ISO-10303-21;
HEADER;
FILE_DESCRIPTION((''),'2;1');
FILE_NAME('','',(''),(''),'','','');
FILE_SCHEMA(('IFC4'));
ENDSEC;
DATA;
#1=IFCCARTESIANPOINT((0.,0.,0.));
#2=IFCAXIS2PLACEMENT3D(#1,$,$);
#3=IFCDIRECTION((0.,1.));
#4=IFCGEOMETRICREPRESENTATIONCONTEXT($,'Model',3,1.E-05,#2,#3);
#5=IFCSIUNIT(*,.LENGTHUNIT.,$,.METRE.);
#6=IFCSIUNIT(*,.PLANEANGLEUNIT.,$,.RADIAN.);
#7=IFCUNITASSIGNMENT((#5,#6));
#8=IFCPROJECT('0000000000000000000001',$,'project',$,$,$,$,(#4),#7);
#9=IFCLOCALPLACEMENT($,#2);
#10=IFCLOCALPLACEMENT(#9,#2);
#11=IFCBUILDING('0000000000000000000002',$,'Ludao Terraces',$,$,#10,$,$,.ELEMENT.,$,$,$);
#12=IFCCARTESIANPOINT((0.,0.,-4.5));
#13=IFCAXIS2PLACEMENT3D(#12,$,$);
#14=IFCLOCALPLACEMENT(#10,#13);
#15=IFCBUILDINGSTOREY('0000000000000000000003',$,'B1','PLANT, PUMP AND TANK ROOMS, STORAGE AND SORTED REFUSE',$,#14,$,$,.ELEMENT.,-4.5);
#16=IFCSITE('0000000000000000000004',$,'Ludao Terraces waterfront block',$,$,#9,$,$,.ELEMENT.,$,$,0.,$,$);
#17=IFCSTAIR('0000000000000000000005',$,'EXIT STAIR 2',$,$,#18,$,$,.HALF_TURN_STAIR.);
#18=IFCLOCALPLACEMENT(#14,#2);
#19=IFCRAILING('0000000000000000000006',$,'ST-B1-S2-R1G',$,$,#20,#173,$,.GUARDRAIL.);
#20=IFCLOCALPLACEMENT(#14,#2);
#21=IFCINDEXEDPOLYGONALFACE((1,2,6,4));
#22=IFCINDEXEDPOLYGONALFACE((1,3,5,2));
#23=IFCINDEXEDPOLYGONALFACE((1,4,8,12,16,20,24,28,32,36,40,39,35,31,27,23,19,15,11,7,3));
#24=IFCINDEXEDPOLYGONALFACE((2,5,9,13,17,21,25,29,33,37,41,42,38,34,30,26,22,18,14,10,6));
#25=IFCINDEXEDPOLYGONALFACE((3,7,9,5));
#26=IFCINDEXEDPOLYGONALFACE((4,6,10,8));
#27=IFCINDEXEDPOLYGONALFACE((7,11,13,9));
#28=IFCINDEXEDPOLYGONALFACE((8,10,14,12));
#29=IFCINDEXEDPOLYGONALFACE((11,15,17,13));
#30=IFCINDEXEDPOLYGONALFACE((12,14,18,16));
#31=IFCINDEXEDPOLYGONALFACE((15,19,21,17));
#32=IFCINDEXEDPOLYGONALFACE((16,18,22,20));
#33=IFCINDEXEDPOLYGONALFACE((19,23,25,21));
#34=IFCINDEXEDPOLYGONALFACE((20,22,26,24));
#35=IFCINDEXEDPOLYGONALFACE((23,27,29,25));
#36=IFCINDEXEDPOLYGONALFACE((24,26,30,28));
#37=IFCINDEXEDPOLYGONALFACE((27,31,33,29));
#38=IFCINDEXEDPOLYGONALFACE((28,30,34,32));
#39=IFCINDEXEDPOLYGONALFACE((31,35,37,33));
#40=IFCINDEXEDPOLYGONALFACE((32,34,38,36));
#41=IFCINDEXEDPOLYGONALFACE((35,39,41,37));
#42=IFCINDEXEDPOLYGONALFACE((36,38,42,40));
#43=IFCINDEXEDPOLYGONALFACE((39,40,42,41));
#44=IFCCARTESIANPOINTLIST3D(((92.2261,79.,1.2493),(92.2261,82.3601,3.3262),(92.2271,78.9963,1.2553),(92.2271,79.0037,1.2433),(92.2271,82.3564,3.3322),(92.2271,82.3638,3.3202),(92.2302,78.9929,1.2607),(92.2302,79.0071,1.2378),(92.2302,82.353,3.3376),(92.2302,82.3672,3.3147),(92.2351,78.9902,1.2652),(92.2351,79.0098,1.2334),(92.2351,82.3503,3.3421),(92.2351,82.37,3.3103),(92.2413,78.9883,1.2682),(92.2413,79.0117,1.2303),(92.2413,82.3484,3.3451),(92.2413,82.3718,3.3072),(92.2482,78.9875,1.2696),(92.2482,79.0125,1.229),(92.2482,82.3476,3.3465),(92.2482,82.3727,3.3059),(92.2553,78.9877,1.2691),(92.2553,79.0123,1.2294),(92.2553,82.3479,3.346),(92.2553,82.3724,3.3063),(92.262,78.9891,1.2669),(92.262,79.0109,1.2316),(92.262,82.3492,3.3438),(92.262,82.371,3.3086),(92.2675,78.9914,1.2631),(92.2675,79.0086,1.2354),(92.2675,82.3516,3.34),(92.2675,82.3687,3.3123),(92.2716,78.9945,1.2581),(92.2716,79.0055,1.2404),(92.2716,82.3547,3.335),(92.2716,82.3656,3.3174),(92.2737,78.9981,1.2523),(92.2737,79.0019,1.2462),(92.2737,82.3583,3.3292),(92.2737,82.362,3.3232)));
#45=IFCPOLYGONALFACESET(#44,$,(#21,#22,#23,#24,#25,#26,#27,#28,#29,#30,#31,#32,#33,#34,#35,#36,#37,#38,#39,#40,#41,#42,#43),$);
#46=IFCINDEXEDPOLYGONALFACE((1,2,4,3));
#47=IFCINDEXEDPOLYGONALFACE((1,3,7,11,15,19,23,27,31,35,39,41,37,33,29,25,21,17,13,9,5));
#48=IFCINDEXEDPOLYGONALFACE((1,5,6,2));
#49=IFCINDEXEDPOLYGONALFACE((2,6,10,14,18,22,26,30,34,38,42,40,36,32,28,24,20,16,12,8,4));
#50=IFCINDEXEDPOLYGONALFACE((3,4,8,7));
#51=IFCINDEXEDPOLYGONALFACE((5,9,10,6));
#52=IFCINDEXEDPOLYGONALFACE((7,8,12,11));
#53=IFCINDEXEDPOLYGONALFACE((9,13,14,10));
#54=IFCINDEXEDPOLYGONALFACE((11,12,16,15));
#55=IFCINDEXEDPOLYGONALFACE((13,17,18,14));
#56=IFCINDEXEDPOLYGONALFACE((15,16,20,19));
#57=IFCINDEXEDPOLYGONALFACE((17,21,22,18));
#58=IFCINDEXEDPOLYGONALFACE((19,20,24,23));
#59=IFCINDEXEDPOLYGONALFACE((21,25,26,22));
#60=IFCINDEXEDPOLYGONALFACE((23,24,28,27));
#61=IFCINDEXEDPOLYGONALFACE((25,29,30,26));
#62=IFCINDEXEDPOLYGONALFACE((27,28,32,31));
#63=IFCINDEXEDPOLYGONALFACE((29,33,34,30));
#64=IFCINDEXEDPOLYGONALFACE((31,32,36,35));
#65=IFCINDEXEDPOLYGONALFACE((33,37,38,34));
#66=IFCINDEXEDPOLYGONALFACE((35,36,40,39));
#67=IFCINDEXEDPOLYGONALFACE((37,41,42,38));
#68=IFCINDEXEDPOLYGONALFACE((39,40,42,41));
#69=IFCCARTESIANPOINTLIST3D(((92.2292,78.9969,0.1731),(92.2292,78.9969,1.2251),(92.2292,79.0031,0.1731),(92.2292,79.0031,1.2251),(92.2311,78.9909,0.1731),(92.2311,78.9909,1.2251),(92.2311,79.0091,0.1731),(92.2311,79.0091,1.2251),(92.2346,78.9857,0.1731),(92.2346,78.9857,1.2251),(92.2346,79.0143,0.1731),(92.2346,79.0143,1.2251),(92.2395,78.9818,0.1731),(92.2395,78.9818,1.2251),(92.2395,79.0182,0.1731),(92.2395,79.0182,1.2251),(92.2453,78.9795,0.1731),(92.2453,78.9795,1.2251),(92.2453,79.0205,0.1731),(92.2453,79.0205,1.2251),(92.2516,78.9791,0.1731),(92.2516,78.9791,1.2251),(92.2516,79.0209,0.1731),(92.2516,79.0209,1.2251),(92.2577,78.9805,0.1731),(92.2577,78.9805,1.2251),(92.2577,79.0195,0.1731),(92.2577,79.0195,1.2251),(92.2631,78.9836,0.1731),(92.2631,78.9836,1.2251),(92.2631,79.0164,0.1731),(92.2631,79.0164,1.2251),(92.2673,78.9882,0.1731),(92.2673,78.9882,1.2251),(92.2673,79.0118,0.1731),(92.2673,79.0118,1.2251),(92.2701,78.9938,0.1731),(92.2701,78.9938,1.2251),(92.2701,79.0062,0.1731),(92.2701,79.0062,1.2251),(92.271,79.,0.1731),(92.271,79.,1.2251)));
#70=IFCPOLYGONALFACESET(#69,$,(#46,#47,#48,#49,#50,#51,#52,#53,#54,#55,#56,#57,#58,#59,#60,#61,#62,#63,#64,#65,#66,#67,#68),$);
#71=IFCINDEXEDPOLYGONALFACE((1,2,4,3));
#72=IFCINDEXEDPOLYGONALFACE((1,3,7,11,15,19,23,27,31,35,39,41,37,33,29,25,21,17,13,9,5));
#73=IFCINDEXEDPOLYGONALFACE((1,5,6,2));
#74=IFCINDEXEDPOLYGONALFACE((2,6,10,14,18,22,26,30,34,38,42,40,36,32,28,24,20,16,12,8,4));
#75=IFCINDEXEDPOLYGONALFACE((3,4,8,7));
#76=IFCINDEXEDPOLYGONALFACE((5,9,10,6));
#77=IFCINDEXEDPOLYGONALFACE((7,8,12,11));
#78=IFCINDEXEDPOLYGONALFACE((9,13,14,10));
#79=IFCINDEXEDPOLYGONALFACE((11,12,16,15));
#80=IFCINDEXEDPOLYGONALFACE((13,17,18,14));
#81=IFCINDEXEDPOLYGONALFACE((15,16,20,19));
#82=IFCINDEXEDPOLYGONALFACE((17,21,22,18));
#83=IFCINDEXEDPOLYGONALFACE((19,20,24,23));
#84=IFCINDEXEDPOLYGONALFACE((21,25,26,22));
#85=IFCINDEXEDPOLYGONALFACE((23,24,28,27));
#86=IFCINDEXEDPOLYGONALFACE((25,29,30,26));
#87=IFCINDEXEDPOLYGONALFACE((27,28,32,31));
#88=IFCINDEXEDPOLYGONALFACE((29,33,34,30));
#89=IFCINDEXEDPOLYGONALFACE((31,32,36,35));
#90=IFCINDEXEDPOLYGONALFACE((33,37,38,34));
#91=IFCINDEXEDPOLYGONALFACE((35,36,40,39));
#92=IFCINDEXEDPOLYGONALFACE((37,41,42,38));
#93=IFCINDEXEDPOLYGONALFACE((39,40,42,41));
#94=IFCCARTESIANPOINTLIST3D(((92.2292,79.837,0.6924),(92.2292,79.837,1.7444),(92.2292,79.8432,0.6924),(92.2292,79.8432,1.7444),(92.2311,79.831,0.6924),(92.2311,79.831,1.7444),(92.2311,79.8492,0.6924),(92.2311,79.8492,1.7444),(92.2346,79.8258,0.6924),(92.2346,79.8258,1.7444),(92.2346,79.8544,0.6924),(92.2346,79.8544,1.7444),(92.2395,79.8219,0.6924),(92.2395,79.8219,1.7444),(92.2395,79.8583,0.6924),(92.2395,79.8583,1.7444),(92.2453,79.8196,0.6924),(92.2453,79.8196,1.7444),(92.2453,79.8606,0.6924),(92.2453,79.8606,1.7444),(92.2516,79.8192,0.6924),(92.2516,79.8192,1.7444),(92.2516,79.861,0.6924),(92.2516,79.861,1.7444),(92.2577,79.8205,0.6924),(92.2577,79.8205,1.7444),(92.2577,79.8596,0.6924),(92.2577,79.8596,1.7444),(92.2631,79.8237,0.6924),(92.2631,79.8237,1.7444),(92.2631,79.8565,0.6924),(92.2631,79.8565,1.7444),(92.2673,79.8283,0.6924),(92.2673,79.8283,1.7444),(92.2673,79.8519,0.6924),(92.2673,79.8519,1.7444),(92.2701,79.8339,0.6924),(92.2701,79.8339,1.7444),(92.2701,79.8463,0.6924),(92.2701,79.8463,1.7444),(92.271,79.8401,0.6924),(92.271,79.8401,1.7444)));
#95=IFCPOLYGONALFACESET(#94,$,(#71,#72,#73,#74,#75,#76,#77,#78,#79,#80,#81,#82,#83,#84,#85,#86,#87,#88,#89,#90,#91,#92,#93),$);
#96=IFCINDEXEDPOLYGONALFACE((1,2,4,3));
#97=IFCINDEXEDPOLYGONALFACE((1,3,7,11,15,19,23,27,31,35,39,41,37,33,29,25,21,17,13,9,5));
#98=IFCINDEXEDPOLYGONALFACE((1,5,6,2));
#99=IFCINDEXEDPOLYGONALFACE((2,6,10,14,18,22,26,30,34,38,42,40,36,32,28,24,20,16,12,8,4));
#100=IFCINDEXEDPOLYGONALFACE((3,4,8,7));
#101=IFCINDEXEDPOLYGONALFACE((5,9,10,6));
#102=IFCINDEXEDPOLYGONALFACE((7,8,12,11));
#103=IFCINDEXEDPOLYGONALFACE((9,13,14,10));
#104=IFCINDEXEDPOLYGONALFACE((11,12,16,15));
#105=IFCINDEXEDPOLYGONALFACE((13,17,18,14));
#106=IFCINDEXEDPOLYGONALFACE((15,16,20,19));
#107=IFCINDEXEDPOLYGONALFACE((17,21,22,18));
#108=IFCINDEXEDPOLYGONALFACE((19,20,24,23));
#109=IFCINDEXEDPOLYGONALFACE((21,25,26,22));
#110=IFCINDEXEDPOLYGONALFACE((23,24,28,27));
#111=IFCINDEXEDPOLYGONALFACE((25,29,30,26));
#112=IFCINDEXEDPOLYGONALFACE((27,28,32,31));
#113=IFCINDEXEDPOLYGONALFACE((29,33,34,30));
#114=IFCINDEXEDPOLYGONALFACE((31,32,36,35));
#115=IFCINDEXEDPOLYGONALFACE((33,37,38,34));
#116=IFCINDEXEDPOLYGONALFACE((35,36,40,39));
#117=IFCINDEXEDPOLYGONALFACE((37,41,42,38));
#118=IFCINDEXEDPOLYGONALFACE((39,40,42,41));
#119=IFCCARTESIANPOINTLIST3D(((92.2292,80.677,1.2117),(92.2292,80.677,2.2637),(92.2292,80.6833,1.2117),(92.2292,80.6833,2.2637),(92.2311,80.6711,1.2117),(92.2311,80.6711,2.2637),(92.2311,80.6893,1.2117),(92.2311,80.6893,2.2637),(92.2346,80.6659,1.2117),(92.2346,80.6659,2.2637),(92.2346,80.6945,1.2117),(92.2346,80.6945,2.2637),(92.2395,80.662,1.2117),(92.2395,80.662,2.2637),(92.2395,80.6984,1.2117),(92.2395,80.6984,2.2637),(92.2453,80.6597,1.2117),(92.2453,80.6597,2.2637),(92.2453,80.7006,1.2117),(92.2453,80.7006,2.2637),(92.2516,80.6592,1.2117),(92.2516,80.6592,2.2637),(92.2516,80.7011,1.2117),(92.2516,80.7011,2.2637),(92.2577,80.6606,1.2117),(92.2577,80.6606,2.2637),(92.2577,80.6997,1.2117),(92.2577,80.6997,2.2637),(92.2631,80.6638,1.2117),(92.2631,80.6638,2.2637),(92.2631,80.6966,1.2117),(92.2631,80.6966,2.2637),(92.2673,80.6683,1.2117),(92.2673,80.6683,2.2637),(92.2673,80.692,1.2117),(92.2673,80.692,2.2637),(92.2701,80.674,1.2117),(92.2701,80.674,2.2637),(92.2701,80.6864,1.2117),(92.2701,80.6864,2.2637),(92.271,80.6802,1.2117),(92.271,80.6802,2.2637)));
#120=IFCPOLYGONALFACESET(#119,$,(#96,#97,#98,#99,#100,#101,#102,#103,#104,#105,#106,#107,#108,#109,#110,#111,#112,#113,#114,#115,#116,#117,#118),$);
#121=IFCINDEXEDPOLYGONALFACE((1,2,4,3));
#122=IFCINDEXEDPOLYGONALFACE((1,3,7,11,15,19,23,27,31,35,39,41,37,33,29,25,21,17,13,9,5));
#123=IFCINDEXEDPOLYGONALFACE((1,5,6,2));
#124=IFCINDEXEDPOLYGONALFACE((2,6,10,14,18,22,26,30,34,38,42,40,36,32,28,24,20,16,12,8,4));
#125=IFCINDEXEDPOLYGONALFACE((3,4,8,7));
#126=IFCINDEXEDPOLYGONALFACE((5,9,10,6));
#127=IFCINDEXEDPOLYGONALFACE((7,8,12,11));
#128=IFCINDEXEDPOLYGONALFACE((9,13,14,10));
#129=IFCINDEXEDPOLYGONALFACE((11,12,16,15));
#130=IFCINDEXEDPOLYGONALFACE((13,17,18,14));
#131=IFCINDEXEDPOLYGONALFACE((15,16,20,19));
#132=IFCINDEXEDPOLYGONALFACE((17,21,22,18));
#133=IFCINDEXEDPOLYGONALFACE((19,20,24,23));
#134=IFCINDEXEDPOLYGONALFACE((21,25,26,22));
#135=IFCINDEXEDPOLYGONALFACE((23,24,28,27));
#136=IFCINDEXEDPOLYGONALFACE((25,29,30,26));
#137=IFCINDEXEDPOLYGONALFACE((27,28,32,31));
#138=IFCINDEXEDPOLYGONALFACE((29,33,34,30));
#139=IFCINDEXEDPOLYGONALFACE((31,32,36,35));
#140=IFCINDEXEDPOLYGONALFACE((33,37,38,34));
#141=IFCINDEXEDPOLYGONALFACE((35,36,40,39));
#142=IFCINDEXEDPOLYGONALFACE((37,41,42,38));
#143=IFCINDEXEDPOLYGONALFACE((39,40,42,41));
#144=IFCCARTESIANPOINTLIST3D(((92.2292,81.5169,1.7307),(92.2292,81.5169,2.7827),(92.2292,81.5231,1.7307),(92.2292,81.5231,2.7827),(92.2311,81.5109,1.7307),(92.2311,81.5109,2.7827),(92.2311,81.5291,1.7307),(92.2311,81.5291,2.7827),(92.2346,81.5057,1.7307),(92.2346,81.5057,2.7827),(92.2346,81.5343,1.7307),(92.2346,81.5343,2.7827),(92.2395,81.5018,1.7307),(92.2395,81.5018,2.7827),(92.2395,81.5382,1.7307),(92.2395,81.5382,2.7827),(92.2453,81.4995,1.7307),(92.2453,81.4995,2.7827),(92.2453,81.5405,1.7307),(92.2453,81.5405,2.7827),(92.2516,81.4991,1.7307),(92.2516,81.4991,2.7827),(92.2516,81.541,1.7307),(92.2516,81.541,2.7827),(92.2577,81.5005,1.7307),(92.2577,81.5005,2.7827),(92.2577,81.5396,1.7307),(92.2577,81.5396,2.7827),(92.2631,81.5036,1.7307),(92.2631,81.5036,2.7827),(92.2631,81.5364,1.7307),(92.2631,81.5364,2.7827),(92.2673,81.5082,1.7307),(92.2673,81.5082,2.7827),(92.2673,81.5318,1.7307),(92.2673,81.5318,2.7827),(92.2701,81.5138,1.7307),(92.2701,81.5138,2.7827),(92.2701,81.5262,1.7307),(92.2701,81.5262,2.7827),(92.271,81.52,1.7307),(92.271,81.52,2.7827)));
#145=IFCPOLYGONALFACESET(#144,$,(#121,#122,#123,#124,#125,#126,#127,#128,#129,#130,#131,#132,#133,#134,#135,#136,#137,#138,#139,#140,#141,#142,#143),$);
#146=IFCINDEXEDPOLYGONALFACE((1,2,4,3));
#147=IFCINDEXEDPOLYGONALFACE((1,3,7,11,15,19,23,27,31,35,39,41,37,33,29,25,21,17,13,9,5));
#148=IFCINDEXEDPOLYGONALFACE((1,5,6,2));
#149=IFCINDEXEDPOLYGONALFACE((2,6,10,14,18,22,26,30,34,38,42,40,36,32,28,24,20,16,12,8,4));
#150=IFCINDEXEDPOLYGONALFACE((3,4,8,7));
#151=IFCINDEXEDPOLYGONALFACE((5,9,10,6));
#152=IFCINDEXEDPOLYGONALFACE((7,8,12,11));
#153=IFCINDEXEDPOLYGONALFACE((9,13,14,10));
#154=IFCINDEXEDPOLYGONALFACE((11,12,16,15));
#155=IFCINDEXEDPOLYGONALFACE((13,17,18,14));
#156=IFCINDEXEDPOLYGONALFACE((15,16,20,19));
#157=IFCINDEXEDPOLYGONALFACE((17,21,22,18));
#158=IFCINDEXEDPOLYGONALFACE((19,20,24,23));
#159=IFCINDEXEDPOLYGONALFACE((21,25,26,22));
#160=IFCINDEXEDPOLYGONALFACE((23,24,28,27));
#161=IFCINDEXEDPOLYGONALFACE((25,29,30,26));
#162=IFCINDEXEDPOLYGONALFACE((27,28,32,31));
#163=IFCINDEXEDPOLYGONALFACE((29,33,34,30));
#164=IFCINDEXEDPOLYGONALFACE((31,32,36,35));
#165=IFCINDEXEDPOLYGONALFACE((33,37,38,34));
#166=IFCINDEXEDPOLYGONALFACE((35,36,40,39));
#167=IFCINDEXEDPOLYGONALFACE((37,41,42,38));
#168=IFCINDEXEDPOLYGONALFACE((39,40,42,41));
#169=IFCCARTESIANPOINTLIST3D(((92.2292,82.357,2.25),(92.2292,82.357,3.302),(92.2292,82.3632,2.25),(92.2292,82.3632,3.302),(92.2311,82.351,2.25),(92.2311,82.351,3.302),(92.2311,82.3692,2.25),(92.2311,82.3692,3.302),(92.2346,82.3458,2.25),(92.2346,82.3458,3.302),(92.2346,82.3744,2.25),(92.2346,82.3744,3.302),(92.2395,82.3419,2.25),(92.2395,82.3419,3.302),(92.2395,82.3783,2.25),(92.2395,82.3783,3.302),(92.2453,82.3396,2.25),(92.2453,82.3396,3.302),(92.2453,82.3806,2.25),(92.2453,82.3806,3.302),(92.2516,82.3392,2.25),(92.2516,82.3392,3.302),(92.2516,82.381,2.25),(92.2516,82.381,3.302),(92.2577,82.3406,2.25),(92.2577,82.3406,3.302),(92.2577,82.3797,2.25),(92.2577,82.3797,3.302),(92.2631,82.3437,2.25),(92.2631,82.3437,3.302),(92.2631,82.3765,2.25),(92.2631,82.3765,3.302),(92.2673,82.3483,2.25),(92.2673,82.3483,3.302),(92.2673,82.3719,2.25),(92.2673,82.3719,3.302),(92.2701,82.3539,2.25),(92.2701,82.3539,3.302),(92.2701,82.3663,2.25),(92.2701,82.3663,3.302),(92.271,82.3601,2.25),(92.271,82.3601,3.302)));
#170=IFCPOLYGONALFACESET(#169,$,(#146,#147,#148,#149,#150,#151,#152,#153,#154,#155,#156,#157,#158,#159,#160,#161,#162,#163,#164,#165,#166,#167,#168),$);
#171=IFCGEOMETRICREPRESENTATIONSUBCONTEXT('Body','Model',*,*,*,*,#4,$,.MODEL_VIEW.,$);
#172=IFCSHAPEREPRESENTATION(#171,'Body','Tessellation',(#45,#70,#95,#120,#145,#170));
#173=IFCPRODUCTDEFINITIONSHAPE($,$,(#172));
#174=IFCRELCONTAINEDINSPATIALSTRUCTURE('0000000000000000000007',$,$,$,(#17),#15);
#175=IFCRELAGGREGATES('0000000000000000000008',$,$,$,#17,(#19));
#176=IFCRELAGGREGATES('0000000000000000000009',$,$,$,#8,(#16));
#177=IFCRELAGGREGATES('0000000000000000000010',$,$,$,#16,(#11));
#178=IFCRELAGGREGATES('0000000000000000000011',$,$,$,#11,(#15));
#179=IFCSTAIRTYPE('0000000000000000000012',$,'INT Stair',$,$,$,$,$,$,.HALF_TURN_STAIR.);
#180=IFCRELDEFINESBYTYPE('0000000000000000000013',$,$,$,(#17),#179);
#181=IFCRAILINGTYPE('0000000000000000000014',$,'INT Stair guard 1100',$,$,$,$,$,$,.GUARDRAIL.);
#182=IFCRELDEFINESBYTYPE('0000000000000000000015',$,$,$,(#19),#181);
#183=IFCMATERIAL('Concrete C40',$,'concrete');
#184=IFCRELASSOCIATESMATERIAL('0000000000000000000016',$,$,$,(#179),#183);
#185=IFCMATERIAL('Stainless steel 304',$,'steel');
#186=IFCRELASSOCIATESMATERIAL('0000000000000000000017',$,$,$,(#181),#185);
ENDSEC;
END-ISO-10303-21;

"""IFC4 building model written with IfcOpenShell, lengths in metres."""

from ifc_helpers import new_model, si_unit, direction, frame, origin, origin_2d, place, context, subcontext, project, spatial, circle, extrude, material, type_object, element, aggregate, save


model = new_model("IFC4")

# Units and contexts
model_context = context("Model", 3, precision=1e-05, world=origin(), true_north=direction((0.0, 1.0)))
body_context = subcontext(model_context, "Body", "Model", "MODEL_VIEW")
ifc_project = project(units=[si_unit("LENGTHUNIT", "METRE"), si_unit("PLANEANGLEUNIT", "RADIAN")], contexts=[model_context])

# Site, building, storey
site_placement = place(None, origin())
site = spatial("IfcSite", under=ifc_project, at=site_placement, Name="Ludao Terraces waterfront block", CompositionType="ELEMENT", RefElevation=0.0)
building_placement = place(site_placement, origin())
building = spatial("IfcBuilding", under=site, at=building_placement, Name="Ludao Terraces", CompositionType="ELEMENT")
storey_placement = place(building_placement, frame((0.0, 0.0, -4.5)))
storey = spatial("IfcBuildingStorey", under=building, at=storey_placement, Name="B1", Description="PLANT, PUMP AND TANK ROOMS, STORAGE AND SORTED REFUSE", CompositionType="ELEMENT", Elevation=-4.5)

# Stair, railing
ifc_material_1 = material(Name="Concrete C40", Category="concrete")
stair_type = type_object("IfcStairType", Name="INT Stair", PredefinedType="HALF_TURN_STAIR", material=ifc_material_1)
stair_placement = place(storey_placement, origin())
stair = element("IfcStair", 1, at=stair_placement, inside=storey, type_object=stair_type, Name="EXIT STAIR 2", PredefinedType="HALF_TURN_STAIR")
ifc_material_2 = material(Name="Stainless steel 304", Category="steel")
railing_type_1 = type_object("IfcRailingType", Name="INT Stair guard 1100", PredefinedType="GUARDRAIL", material=ifc_material_2)
railing_1_placement = place(storey_placement, frame((92.25, 79.0, 0.1731)))
railing_1 = element("IfcRailing", 2, at=railing_1_placement, type_object=railing_type_1, Name="ST-B1-S2-R1G", PredefinedType="GUARDRAIL", context=body_context, shape_type="SweptSolid", body=[
    extrude(circle(Radius=0.0239, at=origin_2d()), frame((0.0, 0.0, 1.0762), z_axis=(0.0, 0.850623, 0.525776), x_axis=(-1.0, 0.0, 0.0)), (0.0, 0.0, 1.0), 3.9502),
    extrude(circle(Radius=0.021, at=origin_2d()), origin(), (0.0, 0.0, 1.0), 1.052),
    extrude(circle(Radius=0.021, at=origin_2d()), frame((0.0, 0.8401, 0.5193)), (0.0, 0.0, 1.0), 1.052),
    extrude(circle(Radius=0.021, at=origin_2d()), frame((0.0, 1.6802, 1.0386)), (0.0, 0.0, 1.0), 1.052),
    extrude(circle(Radius=0.021, at=origin_2d()), frame((0.0, 2.52, 1.5576)), (0.0, 0.0, 1.0), 1.052),
    extrude(circle(Radius=0.021, at=origin_2d()), frame((0.0, 3.3601, 2.0769)), (0.0, 0.0, 1.0), 1.052),
])
aggregate(stair, [railing_1])

save(model, "model.ifc")
